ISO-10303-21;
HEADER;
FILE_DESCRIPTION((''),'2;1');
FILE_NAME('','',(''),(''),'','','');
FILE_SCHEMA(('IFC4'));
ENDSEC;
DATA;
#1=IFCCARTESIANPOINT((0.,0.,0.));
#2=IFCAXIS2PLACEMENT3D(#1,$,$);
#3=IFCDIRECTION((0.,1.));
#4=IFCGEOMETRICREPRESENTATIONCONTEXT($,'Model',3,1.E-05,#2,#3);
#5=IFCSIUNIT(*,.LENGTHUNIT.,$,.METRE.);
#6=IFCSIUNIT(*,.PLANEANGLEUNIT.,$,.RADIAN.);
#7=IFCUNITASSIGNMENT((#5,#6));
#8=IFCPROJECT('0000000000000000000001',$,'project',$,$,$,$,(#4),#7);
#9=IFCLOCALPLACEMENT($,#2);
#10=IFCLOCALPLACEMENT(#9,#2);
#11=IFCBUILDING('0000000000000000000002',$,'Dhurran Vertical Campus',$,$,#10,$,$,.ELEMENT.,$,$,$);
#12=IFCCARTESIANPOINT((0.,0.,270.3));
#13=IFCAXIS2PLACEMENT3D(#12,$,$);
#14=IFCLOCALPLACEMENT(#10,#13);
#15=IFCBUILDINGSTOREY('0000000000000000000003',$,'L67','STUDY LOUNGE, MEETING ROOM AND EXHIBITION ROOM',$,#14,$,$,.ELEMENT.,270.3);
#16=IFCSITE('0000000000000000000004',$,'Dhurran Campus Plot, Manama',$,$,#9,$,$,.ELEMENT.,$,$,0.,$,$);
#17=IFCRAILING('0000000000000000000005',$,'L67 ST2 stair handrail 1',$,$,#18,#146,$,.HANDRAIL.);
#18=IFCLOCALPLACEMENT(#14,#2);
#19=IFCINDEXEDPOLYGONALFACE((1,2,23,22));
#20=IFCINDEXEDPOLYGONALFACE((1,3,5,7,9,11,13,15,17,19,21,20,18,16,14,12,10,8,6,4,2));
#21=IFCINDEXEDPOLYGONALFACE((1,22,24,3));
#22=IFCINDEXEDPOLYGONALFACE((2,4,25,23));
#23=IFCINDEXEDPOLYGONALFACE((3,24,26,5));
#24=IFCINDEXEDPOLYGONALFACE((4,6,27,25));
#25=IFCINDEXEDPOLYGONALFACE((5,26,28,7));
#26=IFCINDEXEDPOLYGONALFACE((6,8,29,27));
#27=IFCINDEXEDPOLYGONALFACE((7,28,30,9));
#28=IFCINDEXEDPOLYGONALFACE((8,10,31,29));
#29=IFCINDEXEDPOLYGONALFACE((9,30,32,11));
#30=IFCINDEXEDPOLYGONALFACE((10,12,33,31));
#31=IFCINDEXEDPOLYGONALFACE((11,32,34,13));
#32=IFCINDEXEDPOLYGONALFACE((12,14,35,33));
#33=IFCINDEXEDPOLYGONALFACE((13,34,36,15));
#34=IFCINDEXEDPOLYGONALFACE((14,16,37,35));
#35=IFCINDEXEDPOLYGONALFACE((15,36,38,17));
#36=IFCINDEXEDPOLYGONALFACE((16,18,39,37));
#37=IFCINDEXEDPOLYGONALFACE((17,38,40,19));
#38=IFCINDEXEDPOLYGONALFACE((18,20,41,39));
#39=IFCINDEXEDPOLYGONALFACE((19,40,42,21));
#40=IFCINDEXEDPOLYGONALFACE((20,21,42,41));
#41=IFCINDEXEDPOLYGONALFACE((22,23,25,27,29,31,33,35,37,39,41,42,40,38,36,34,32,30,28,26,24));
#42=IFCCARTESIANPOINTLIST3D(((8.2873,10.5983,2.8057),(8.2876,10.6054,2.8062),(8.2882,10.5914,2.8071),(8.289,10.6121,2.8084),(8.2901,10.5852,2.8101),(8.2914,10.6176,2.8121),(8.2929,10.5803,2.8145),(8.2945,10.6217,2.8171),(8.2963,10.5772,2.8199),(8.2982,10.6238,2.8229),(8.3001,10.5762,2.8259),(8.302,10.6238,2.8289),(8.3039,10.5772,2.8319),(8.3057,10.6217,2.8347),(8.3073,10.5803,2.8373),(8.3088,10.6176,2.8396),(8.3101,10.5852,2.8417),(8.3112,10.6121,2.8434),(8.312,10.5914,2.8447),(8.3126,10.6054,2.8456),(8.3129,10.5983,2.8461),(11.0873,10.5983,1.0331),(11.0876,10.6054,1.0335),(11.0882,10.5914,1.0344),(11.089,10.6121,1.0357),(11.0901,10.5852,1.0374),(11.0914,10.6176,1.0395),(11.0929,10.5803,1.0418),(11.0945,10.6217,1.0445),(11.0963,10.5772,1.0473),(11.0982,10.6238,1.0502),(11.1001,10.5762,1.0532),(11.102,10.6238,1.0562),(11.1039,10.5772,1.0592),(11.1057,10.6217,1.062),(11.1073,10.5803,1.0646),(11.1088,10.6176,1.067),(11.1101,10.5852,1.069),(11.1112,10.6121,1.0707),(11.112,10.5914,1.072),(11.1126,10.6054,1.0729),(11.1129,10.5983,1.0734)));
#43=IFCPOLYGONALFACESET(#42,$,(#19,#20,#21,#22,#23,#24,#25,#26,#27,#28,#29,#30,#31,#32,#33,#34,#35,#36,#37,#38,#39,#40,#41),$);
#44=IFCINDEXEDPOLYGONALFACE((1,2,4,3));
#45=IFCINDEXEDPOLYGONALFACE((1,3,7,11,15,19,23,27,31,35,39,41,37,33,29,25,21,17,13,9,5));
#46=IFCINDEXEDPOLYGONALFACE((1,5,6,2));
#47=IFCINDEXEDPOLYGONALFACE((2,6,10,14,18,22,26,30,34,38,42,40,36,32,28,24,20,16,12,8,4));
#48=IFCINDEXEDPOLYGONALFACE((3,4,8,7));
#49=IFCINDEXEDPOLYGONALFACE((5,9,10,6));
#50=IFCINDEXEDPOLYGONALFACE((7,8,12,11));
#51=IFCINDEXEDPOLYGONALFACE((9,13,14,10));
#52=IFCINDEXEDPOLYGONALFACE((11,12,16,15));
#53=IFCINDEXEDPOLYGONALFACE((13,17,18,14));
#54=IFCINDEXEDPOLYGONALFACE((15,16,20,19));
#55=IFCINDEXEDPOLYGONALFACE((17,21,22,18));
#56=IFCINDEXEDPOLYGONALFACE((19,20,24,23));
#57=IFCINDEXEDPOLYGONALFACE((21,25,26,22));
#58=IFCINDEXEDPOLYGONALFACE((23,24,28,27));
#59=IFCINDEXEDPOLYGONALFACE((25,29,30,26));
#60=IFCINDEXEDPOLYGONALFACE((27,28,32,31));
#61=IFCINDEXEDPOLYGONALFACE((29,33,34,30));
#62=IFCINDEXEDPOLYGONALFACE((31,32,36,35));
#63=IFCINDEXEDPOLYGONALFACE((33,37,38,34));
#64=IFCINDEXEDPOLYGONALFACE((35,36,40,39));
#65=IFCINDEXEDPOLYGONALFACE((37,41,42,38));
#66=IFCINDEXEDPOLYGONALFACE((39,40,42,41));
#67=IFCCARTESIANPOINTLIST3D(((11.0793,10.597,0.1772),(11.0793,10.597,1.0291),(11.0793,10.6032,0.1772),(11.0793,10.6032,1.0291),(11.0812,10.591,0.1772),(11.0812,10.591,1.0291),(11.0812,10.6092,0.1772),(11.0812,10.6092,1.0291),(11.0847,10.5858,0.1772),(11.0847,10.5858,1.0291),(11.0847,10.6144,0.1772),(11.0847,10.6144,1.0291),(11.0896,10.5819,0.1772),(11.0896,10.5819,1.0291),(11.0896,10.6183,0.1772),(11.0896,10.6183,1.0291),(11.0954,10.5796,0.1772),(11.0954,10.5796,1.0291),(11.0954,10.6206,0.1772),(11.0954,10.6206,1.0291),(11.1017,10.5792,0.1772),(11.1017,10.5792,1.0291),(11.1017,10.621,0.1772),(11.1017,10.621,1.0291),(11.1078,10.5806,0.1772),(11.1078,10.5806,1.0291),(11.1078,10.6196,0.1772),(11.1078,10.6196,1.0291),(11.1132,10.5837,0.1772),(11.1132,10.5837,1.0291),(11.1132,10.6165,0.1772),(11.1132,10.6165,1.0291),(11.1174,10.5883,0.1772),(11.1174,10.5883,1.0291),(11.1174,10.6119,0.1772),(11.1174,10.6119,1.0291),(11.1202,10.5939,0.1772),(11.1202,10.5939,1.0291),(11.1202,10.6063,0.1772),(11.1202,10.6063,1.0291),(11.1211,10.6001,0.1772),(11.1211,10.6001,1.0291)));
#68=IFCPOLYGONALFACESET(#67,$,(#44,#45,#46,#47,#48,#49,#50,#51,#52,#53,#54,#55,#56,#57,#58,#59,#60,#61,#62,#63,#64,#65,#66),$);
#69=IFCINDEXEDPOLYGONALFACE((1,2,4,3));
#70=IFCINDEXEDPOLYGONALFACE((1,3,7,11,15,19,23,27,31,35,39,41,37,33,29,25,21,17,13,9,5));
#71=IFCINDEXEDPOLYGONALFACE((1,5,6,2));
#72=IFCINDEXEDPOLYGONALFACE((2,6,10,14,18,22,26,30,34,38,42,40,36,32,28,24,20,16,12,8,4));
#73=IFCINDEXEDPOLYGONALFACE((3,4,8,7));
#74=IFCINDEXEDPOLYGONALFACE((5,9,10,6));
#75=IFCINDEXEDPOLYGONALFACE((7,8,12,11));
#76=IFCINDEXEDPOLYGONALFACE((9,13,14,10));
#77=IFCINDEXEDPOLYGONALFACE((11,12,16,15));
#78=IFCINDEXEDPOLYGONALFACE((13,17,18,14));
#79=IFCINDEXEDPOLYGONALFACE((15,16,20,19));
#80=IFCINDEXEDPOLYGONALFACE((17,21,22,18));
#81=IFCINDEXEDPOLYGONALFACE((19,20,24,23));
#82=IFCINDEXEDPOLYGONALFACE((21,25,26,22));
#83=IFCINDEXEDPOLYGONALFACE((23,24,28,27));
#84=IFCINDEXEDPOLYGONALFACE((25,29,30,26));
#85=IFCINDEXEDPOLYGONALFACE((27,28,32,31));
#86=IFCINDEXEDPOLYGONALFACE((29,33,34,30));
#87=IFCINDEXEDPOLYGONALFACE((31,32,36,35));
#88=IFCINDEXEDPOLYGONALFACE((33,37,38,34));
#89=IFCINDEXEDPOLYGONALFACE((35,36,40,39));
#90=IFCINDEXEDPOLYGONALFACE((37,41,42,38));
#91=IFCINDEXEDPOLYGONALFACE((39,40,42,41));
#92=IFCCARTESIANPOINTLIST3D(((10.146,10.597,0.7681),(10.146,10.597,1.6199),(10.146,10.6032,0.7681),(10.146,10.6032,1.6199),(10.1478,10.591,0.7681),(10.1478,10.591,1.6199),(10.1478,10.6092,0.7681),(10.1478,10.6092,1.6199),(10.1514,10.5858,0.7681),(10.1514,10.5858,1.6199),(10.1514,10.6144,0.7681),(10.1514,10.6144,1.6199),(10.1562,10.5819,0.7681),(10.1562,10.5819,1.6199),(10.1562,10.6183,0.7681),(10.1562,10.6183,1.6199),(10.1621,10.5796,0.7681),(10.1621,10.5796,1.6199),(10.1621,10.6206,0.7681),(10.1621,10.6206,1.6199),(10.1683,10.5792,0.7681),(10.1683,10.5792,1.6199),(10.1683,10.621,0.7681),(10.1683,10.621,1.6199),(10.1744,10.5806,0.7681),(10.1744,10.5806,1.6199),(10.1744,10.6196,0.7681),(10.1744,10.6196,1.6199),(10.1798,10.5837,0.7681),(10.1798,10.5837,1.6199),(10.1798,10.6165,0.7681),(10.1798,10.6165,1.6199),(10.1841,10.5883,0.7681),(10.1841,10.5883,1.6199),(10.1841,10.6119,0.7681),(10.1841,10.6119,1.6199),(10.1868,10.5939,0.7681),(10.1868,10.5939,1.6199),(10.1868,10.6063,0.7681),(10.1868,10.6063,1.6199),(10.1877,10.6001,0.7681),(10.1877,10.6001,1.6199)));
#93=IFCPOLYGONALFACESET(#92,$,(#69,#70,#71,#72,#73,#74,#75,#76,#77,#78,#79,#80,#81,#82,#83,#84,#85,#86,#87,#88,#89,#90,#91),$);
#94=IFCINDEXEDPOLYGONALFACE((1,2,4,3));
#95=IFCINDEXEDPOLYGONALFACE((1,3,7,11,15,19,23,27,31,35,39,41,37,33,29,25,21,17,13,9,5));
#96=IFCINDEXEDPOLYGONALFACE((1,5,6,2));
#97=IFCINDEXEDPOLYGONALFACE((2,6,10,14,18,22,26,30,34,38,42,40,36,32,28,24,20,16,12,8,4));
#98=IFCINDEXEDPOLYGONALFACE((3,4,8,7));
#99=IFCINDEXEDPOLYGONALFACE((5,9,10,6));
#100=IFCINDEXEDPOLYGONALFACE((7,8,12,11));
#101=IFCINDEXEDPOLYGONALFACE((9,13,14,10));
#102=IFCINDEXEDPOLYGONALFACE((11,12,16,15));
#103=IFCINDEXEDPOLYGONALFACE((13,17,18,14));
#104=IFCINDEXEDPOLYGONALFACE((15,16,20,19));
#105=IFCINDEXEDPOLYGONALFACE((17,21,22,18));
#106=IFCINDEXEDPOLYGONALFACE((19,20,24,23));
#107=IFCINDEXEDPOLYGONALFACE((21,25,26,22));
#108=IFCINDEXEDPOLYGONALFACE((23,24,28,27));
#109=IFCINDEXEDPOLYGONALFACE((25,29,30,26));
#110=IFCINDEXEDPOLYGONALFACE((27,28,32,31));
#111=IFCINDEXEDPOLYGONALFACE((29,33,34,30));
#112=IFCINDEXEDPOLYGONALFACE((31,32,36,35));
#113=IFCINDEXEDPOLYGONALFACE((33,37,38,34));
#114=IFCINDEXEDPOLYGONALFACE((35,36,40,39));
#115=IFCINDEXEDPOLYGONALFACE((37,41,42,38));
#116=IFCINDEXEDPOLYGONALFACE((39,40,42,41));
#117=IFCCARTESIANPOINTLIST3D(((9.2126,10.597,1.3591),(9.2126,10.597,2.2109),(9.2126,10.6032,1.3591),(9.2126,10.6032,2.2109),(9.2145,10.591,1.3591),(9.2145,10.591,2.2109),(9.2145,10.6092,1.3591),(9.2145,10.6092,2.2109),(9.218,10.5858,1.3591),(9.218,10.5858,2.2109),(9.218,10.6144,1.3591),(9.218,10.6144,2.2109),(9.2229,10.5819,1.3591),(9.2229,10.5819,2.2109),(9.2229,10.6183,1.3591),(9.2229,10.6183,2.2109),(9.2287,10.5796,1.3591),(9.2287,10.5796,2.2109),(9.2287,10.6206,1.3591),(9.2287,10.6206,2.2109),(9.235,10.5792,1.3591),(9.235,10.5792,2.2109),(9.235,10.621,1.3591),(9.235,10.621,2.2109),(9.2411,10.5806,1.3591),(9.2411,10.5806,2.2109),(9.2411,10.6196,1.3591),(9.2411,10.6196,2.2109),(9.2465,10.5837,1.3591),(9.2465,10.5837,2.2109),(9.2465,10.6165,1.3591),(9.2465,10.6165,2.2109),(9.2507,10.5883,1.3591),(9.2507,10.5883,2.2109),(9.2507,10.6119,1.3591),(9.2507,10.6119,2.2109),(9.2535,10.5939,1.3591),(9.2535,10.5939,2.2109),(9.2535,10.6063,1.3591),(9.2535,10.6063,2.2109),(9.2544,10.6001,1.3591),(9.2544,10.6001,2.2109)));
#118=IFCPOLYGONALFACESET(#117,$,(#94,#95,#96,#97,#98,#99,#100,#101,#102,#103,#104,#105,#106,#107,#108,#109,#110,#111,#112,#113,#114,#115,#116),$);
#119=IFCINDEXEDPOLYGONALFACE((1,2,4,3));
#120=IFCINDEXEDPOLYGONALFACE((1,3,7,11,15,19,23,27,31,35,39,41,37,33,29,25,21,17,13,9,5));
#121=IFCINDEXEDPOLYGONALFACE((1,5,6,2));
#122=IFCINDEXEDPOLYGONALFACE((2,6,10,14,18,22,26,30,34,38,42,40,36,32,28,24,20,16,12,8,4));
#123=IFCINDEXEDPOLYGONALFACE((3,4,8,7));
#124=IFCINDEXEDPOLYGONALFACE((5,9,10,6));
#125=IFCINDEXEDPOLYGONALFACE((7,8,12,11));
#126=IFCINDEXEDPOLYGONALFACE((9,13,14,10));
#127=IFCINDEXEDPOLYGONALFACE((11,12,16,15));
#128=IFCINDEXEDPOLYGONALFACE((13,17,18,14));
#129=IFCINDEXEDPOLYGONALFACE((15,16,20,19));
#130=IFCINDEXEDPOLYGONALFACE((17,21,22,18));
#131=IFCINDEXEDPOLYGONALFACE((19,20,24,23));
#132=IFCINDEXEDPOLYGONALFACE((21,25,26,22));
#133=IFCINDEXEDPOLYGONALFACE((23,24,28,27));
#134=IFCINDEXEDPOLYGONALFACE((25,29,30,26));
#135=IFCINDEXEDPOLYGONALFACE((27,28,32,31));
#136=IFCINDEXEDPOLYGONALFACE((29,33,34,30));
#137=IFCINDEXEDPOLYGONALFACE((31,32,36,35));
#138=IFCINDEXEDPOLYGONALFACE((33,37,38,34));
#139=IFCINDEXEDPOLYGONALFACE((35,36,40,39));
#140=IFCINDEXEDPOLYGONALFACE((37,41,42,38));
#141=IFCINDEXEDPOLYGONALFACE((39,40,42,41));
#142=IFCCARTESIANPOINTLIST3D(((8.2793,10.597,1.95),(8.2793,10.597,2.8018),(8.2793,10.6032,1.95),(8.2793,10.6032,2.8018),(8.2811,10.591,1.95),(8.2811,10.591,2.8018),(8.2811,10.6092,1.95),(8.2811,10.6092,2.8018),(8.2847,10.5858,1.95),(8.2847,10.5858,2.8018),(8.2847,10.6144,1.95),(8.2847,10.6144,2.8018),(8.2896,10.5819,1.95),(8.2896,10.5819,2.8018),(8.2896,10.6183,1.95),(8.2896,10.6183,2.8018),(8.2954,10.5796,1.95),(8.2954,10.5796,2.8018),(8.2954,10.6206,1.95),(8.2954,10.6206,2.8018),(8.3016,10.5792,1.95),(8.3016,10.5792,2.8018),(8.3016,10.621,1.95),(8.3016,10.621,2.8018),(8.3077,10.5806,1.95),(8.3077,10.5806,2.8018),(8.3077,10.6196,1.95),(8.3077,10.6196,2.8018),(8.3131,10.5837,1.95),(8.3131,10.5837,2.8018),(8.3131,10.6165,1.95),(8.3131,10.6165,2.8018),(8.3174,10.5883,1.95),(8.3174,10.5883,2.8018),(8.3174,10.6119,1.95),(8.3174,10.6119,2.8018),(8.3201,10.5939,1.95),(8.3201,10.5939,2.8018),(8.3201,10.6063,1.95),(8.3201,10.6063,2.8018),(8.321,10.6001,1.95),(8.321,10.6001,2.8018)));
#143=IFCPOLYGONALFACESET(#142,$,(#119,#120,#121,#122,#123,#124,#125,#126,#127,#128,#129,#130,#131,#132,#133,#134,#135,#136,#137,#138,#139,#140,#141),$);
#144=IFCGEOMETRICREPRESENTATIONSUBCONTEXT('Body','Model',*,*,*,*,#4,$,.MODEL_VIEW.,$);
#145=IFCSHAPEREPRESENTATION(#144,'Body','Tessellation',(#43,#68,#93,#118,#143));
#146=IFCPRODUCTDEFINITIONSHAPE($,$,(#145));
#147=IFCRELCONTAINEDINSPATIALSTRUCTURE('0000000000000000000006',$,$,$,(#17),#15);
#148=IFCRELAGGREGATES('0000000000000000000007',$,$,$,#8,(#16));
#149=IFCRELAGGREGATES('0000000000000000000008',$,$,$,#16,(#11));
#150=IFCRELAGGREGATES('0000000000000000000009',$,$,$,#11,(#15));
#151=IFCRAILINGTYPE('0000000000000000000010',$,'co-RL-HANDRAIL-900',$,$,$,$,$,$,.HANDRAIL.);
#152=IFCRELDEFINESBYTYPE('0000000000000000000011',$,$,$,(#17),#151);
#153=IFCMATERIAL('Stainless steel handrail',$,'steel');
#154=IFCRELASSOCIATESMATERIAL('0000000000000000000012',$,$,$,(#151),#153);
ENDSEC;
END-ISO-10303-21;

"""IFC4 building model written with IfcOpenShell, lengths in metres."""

from ifc_helpers import new_model, si_unit, direction, frame, origin, origin_2d, place, context, subcontext, project, spatial, circle, extrude, material, type_object, element, save


model = new_model("IFC4")

# Units and contexts
model_context = context("Model", 3, precision=1e-05, world=origin(), true_north=direction((0.0, 1.0)))
body_context = subcontext(model_context, "Body", "Model", "MODEL_VIEW")
ifc_project = project(units=[si_unit("LENGTHUNIT", "METRE"), si_unit("PLANEANGLEUNIT", "RADIAN")], contexts=[model_context])

# Site, building, storey
site_placement = place(None, origin())
site = spatial("IfcSite", under=ifc_project, at=site_placement, Name="Dhurran Campus Plot, Manama", CompositionType="ELEMENT", RefElevation=0.0)
building_placement = place(site_placement, origin())
building = spatial("IfcBuilding", under=site, at=building_placement, Name="Dhurran Vertical Campus", CompositionType="ELEMENT")
storey_placement = place(building_placement, frame((0.0, 0.0, 270.3)))
storey = spatial("IfcBuildingStorey", under=building, at=storey_placement, Name="L67", Description="STUDY LOUNGE, MEETING ROOM AND EXHIBITION ROOM", CompositionType="ELEMENT", Elevation=270.3)

# Railing
ifc_material_1 = material(Name="Stainless steel handrail", Category="steel")
railing_type = type_object("IfcRailingType", Name="co-RL-HANDRAIL-900", PredefinedType="HANDRAIL", material=ifc_material_1)
railing_placement = place(storey_placement, frame((11.1001, 10.6001, 0.1772)))
element("IfcRailing", 1, at=railing_placement, inside=storey, type_object=railing_type, Name="L67 ST2 stair handrail 1", PredefinedType="HANDRAIL", context=body_context, shape_type="SweptSolid", body=[
    extrude(circle(Radius=0.0239, at=origin_2d()), frame((0.0, 0.0, 0.876), z_axis=(-0.844909, 0.0, 0.53491), x_axis=(0.0, -1.0, 0.0)), (0.0, 0.0, 1.0), 3.314),
    extrude(circle(Radius=0.021, at=origin_2d()), origin(), (0.0, 0.0, 1.0), 0.8518),
    extrude(circle(Radius=0.021, at=origin_2d()), frame((-0.9333, 0.0, 0.5908)), (0.0, 0.0, 1.0), 0.8518),
    extrude(circle(Radius=0.021, at=origin_2d()), frame((-1.8667, 0.0, 1.1819)), (0.0, 0.0, 1.0), 0.8518),
    extrude(circle(Radius=0.021, at=origin_2d()), frame((-2.8, 0.0, 1.7727)), (0.0, 0.0, 1.0), 0.8518),
])

save(model, "model.ifc")
